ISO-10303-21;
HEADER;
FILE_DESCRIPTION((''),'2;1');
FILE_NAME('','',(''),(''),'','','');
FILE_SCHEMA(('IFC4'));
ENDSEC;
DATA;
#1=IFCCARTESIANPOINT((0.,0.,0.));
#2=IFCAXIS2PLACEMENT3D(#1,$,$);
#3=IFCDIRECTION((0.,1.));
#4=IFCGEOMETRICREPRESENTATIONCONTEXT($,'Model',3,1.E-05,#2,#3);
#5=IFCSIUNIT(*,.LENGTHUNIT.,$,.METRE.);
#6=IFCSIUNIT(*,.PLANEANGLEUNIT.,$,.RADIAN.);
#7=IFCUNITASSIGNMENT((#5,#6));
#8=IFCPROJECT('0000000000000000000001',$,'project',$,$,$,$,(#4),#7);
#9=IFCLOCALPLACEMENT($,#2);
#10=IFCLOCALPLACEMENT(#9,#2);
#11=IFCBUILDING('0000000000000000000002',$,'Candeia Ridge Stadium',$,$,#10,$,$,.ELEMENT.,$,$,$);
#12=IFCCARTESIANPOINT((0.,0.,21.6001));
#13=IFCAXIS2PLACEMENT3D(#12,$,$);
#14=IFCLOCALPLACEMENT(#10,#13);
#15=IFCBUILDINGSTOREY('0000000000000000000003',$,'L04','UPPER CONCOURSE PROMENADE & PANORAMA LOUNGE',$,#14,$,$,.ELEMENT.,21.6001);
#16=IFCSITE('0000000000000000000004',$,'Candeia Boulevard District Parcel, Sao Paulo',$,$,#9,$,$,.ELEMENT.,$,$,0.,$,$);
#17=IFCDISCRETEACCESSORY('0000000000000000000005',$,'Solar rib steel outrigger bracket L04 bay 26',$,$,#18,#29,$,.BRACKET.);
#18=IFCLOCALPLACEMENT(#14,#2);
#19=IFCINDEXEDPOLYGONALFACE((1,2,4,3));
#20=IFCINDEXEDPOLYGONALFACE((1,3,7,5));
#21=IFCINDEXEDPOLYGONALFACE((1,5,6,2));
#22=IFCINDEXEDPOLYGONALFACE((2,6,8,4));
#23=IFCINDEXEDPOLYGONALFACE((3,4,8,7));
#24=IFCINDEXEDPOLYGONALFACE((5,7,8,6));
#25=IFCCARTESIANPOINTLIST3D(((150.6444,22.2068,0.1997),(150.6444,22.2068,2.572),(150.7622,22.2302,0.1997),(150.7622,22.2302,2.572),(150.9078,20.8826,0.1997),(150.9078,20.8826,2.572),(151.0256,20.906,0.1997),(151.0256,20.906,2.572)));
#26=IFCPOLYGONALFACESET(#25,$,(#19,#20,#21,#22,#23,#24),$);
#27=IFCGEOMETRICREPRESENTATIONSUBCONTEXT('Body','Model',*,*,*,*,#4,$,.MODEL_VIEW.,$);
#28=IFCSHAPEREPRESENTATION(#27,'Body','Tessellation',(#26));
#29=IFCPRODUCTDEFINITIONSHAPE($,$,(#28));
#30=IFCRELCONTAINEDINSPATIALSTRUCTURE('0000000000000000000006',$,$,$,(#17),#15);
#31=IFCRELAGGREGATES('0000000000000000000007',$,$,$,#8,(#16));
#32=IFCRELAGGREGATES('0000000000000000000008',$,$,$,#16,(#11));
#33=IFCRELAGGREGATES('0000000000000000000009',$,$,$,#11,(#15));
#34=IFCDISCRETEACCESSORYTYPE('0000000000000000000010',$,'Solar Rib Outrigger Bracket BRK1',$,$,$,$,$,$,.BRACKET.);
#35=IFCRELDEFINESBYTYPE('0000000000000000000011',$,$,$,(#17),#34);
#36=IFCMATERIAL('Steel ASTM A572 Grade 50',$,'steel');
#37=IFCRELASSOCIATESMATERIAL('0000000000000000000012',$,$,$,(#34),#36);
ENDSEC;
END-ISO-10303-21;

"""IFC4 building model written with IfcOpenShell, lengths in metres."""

from ifc_helpers import new_model, si_unit, direction, frame, origin, origin_2d, place, context, subcontext, project, spatial, rectangle, extrude, material, type_object, element, save


model = new_model("IFC4")

# Units and contexts
model_context = context("Model", 3, precision=1e-05, world=origin(), true_north=direction((0.0, 1.0)))
body_context = subcontext(model_context, "Body", "Model", "MODEL_VIEW")
ifc_project = project(units=[si_unit("LENGTHUNIT", "METRE"), si_unit("PLANEANGLEUNIT", "RADIAN")], contexts=[model_context])

# Site, building, storey
site_placement = place(None, origin())
site = spatial("IfcSite", under=ifc_project, at=site_placement, Name="Candeia Boulevard District Parcel, Sao Paulo", CompositionType="ELEMENT", RefElevation=0.0)
building_placement = place(site_placement, origin())
building = spatial("IfcBuilding", under=site, at=building_placement, Name="Candeia Ridge Stadium", CompositionType="ELEMENT")
storey_placement = place(building_placement, frame((0.0, 0.0, 21.6001)))
storey = spatial("IfcBuildingStorey", under=building, at=storey_placement, Name="L04", Description="UPPER CONCOURSE PROMENADE & PANORAMA LOUNGE", CompositionType="ELEMENT", Elevation=21.6001)

# Discrete accessory
ifc_material_1 = material(Name="Steel ASTM A572 Grade 50", Category="steel")
discrete_accessory_type = type_object("IfcDiscreteAccessoryType", Name="Solar Rib Outrigger Bracket BRK1", PredefinedType="BRACKET", material=ifc_material_1)
discrete_accessory_placement = place(storey_placement, frame((150.835, 21.5564, 0.1997), z_axis=(0.0, 0.0, 1.0), x_axis=(0.19509, -0.980785, 0.0)))
element("IfcDiscreteAccessory", 1, at=discrete_accessory_placement, inside=storey, type_object=discrete_accessory_type, Name="Solar rib steel outrigger bracket L04 bay 26", PredefinedType="BRACKET", context=body_context, shape_type="SweptSolid", body=[
    extrude(rectangle(XDim=1.3501, YDim=0.1201, at=origin_2d()), origin(), (0.0, 0.0, 1.0), 2.3723),
])

save(model, "model.ifc")
